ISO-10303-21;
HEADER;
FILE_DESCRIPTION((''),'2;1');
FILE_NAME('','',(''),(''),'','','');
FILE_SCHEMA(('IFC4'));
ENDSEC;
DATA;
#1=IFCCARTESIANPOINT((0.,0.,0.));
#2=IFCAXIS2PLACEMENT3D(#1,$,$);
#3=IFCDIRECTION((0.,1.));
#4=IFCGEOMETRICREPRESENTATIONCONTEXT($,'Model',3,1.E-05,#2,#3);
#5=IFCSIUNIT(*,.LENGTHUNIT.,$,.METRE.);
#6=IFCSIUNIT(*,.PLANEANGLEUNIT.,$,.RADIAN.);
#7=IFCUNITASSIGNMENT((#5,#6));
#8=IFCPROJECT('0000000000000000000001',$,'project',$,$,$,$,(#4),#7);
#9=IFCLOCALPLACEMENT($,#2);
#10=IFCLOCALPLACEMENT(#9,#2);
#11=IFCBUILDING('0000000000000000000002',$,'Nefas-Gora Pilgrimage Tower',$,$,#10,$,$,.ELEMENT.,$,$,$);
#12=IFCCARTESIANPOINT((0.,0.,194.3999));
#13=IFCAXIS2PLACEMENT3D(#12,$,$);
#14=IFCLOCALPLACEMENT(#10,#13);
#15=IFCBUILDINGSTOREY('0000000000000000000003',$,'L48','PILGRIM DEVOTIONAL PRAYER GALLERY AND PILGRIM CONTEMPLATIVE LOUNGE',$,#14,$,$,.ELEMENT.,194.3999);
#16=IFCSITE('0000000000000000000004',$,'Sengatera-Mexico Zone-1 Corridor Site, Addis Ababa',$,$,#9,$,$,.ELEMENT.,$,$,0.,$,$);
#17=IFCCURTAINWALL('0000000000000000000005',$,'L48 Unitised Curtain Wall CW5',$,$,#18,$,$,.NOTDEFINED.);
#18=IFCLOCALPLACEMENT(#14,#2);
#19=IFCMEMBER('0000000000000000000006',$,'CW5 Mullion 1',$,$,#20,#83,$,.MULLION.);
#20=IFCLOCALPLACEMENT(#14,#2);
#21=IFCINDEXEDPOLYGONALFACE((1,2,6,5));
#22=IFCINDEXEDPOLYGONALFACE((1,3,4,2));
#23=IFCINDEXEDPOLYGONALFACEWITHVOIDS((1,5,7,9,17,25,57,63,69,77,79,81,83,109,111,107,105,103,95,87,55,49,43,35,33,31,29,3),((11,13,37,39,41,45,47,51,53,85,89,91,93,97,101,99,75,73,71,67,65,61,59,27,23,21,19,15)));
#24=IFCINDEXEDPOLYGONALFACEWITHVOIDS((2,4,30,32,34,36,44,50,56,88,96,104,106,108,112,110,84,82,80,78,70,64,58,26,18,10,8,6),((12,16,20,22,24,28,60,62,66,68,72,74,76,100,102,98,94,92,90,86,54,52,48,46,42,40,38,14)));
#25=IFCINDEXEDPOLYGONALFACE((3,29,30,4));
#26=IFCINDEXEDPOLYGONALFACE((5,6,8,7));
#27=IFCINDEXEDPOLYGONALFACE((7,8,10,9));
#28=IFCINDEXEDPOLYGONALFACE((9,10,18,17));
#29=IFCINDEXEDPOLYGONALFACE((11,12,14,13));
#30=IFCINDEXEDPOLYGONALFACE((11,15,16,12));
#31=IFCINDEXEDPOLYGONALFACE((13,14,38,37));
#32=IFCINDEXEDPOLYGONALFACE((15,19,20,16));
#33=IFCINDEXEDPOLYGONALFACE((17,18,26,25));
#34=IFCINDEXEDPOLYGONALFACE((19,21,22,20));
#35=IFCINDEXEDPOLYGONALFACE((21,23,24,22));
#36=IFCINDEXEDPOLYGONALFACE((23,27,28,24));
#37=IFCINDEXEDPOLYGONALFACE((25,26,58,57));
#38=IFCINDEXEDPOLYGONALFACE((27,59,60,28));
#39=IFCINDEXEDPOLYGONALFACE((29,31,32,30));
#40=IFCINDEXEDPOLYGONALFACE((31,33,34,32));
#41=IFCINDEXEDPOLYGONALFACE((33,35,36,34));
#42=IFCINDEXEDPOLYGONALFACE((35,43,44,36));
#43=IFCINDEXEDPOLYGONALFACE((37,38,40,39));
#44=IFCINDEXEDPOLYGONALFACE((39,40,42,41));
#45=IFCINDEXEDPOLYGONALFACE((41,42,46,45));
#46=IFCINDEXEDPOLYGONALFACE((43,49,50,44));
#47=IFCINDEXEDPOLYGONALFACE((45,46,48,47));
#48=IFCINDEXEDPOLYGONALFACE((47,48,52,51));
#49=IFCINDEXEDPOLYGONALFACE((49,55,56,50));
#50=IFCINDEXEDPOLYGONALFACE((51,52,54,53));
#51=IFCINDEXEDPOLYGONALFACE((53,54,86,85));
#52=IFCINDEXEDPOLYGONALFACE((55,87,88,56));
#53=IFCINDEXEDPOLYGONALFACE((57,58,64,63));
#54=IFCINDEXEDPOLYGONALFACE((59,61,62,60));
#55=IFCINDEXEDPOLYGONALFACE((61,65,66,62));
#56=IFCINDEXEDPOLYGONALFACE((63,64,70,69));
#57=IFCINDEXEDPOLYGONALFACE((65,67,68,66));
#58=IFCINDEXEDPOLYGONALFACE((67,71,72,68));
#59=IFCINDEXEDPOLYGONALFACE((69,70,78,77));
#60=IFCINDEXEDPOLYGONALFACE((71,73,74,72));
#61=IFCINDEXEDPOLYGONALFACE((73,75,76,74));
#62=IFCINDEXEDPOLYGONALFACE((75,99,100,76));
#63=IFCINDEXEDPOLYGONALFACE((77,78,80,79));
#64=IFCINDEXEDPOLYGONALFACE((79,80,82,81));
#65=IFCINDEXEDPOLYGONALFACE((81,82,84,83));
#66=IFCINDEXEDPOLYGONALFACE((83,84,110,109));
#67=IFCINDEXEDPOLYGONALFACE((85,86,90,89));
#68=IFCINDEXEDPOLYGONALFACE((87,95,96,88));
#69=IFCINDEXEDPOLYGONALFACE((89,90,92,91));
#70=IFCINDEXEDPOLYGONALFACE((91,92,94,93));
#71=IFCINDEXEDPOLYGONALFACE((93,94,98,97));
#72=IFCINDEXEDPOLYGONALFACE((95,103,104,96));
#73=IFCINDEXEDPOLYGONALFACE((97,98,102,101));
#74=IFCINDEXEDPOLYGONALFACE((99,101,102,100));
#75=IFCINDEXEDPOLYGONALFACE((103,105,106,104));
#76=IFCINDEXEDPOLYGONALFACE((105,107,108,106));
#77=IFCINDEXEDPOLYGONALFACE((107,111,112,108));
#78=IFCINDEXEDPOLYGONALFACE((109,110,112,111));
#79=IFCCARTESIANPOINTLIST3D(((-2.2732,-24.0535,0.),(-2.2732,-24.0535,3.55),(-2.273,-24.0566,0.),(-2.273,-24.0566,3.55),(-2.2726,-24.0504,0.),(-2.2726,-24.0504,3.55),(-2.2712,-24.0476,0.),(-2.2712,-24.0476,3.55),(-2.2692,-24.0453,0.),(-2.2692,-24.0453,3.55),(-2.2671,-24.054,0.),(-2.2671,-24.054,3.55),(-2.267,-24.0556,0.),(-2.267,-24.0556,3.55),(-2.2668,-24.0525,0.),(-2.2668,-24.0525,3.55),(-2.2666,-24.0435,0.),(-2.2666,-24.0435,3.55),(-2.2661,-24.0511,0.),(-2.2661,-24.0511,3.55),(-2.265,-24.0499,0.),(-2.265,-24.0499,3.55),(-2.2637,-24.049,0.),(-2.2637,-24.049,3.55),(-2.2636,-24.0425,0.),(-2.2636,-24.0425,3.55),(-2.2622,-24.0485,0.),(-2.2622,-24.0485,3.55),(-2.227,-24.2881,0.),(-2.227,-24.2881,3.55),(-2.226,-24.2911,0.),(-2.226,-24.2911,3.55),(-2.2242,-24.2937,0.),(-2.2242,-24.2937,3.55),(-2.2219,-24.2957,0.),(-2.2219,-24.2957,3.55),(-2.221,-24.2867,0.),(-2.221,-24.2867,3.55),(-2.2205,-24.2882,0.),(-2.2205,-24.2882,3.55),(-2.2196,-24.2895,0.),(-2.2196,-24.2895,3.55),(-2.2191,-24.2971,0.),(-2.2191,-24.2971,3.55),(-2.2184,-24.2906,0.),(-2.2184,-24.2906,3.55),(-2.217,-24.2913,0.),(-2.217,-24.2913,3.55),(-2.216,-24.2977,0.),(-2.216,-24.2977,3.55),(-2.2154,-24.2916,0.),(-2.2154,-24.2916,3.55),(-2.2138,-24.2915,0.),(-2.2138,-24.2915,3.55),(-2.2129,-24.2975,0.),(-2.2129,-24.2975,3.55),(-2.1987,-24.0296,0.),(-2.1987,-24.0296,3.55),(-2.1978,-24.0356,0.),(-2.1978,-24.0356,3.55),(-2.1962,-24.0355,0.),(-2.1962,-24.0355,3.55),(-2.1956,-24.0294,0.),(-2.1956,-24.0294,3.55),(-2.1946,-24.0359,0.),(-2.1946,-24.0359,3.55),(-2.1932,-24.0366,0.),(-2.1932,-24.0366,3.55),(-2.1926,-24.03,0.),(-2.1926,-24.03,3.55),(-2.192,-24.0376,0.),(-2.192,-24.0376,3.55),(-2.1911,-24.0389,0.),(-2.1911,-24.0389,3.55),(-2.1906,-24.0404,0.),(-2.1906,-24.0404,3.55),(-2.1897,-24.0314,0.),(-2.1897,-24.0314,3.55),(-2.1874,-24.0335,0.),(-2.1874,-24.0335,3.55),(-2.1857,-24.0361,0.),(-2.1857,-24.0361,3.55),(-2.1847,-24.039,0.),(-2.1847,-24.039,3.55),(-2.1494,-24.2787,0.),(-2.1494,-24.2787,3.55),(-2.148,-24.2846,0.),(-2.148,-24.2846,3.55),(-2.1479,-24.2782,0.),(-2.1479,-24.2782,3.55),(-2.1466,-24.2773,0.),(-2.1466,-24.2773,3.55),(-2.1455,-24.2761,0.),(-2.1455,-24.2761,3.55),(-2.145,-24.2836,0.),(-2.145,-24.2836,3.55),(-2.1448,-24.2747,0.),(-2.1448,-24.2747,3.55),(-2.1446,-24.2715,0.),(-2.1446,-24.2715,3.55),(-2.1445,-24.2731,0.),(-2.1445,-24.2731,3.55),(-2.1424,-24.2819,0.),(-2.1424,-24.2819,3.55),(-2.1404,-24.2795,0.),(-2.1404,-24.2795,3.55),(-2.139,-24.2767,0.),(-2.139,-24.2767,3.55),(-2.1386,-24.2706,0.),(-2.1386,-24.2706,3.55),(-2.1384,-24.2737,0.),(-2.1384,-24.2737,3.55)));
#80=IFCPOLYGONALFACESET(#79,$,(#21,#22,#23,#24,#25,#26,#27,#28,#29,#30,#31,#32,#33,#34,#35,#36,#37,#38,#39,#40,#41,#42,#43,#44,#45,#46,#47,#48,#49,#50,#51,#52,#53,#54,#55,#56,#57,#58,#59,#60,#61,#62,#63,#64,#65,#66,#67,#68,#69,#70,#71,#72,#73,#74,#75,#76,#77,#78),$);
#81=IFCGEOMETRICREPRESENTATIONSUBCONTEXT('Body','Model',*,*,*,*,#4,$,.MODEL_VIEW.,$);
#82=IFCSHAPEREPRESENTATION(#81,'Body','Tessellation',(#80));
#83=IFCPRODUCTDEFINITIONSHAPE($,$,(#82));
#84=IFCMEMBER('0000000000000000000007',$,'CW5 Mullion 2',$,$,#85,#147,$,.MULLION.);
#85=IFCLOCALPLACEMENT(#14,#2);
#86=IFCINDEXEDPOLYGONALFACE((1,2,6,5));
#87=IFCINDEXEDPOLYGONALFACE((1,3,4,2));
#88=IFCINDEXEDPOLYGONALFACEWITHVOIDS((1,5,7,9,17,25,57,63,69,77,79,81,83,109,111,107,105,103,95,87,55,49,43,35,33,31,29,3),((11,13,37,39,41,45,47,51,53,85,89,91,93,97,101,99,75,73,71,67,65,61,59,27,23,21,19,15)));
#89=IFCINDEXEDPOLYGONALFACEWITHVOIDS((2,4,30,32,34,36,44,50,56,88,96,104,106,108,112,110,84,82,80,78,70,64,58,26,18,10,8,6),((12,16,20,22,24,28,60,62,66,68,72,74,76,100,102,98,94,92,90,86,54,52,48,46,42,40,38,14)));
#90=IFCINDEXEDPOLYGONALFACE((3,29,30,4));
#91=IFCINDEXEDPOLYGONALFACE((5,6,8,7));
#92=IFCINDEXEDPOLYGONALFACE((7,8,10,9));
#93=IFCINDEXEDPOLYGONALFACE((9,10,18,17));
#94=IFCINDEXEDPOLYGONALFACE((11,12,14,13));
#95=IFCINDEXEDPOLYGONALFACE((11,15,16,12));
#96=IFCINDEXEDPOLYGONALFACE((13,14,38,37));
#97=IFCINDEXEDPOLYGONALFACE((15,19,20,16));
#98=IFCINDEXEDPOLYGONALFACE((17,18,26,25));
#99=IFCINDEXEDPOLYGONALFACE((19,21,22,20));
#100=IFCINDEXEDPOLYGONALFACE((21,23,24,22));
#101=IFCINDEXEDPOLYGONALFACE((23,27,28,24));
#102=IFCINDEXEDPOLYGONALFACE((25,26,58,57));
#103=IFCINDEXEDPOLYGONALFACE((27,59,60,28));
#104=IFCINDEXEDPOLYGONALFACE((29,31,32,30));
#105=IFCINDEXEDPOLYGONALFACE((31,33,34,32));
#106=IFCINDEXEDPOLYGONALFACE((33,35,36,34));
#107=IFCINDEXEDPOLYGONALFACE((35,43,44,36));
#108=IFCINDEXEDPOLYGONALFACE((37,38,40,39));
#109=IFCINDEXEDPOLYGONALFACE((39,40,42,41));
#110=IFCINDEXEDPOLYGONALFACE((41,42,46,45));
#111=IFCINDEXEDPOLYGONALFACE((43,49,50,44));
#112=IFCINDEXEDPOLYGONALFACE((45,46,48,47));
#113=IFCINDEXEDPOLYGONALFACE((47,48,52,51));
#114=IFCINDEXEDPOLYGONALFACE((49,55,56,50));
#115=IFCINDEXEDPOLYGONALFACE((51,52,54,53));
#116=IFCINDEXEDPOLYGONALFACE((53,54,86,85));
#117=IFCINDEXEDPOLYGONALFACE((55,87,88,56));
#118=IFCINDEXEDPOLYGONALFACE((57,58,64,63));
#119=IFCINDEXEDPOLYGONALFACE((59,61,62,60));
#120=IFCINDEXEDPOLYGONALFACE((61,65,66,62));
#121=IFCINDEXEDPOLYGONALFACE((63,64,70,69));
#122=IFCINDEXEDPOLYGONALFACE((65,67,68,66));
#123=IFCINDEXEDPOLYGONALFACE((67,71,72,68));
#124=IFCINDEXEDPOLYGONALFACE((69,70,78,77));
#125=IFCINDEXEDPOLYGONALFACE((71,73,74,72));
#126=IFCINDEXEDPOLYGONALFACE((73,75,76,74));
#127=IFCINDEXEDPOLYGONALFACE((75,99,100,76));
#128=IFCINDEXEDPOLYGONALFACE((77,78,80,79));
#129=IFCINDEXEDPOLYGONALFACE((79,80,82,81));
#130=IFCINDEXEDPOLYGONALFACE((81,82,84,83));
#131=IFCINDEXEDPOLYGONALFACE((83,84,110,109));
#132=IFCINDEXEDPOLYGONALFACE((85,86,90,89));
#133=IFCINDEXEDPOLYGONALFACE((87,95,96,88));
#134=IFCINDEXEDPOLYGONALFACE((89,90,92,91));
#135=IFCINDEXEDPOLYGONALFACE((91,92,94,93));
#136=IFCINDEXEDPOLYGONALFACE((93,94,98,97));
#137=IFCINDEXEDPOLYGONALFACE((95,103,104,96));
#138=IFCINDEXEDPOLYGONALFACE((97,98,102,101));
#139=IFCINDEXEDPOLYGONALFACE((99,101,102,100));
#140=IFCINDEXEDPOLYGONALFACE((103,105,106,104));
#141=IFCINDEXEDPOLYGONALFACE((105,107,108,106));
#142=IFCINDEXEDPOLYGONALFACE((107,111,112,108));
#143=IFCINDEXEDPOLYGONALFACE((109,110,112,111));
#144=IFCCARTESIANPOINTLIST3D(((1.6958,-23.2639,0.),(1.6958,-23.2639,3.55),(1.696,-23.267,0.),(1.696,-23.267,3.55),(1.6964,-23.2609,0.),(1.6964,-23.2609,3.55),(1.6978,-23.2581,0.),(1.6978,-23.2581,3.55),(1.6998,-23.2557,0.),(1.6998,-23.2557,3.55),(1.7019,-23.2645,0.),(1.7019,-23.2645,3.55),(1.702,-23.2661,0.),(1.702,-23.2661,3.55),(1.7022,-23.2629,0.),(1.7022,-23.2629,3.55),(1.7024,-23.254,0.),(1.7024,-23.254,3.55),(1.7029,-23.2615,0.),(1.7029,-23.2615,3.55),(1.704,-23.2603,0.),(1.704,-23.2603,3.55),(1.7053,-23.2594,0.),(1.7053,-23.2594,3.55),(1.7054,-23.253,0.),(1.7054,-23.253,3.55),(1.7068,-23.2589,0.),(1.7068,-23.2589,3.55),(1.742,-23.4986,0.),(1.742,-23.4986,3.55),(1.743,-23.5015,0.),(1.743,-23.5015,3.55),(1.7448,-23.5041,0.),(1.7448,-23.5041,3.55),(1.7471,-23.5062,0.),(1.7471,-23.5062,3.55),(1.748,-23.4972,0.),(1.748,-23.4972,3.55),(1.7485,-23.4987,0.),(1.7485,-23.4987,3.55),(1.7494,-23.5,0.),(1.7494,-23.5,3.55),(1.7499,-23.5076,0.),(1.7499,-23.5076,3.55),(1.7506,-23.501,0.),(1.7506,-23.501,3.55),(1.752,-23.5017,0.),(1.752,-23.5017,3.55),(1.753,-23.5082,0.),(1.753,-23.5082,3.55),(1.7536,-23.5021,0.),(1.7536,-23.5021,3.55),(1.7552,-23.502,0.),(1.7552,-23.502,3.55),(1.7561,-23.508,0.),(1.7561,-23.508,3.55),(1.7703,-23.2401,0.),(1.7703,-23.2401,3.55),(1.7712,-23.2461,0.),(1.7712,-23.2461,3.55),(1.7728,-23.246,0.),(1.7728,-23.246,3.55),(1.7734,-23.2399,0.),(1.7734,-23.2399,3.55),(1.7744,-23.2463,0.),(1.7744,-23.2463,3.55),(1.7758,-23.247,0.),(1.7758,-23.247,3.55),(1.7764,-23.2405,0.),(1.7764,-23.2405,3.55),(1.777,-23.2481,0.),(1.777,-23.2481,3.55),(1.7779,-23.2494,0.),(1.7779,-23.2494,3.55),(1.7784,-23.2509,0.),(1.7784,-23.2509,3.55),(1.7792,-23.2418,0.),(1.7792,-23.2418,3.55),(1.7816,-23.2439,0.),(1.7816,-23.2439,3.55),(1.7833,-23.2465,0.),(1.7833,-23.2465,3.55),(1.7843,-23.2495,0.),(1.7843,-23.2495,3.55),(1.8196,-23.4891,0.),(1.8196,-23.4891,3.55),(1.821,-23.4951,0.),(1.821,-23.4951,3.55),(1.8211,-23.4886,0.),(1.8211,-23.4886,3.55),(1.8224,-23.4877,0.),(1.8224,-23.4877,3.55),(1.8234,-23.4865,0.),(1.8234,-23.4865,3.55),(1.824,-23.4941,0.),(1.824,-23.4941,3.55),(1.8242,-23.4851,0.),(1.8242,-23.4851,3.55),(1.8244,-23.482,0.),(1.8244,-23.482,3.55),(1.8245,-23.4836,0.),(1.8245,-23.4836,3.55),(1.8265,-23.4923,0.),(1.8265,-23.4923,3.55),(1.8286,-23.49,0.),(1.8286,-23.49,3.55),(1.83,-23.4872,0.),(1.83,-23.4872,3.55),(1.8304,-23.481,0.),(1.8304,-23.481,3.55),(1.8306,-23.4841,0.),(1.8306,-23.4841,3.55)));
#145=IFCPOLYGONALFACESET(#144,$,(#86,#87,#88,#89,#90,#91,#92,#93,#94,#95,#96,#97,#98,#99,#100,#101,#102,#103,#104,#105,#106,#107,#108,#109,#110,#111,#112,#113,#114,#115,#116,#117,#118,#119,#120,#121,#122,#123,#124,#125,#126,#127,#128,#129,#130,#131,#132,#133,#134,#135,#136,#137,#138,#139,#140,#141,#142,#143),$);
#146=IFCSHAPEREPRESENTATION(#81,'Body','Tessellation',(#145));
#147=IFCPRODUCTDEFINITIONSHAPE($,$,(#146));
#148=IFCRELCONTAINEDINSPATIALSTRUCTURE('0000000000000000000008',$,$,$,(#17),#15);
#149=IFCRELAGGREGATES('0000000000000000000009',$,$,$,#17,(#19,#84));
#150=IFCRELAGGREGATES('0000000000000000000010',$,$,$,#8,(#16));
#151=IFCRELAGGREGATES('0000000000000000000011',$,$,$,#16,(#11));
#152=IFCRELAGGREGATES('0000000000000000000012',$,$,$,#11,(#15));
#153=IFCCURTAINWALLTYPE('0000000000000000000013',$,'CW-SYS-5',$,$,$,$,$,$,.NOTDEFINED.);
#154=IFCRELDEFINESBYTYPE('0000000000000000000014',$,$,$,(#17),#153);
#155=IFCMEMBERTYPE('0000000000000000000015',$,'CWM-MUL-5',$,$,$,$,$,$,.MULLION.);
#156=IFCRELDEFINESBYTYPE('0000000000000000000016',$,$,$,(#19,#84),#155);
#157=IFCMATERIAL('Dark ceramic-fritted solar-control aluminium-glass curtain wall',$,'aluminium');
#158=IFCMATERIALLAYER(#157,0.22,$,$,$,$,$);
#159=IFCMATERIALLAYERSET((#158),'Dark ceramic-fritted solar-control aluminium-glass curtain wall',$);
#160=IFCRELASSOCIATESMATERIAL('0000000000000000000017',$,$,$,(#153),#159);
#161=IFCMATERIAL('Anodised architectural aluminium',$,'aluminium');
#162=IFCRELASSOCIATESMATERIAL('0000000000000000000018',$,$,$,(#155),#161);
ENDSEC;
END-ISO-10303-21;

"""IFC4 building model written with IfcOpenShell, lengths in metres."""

from ifc_helpers import new_model, si_unit, direction, frame, origin, origin_2d, place, context, subcontext, project, spatial, hollow_rectangle, extrude, source, transform, mapped, material, layer, layer_set, material_profile, profile_set, type_object, element, aggregate, save


model = new_model("IFC4")

# Units and contexts
model_context = context("Model", 3, precision=1e-05, world=origin(), true_north=direction((0.0, 1.0)))
body_context = subcontext(model_context, "Body", "Model", "MODEL_VIEW")
ifc_project = project(units=[si_unit("LENGTHUNIT", "METRE"), si_unit("PLANEANGLEUNIT", "RADIAN")], contexts=[model_context])

# Site, building, storey
site_placement = place(None, origin())
site = spatial("IfcSite", under=ifc_project, at=site_placement, Name="Sengatera-Mexico Zone-1 Corridor Site, Addis Ababa", CompositionType="ELEMENT", RefElevation=0.0)
building_placement = place(site_placement, origin())
building = spatial("IfcBuilding", under=site, at=building_placement, Name="Nefas-Gora Pilgrimage Tower", CompositionType="ELEMENT")
storey_placement = place(building_placement, frame((0.0, 0.0, 194.3999)))
storey = spatial("IfcBuildingStorey", under=building, at=storey_placement, Name="L48", Description="PILGRIM DEVOTIONAL PRAYER GALLERY AND PILGRIM CONTEMPLATIVE LOUNGE", CompositionType="ELEMENT", Elevation=194.3999)

# Curtain wall, members
ifc_material_1 = material(Name="Dark ceramic-fritted solar-control aluminium-glass curtain wall", Category="aluminium")
ifc_layer_1 = layer(ifc_material_1, 0.22)
ifc_layer_set_1 = layer_set([ifc_layer_1], Name="Dark ceramic-fritted solar-control aluminium-glass curtain wall")
curtain_wall_type = type_object("IfcCurtainWallType", Name="CW-SYS-5", PredefinedType="NOTDEFINED", material=ifc_layer_set_1)
ifc_material_2 = material(Name="Anodised architectural aluminium", Category="aluminium")
ifc_material_profile_1 = material_profile(ifc_material_2, hollow_rectangle(XDim=0.0901, YDim=0.26, WallThickness=0.0061, InnerFilletRadius=0.0061, OuterFilletRadius=0.012, at=origin_2d()), Name="ALU MULLION 90x260")
ifc_profile_set_1 = profile_set([ifc_material_profile_1], Name="Anodised architectural aluminium")
member_type_1 = type_object("IfcMemberType", Name="CWM-MUL-5", PredefinedType="MULLION", material=ifc_profile_set_1)
shared_shape_1 = source(origin(), body_context, "Body", "SweptSolid", [
    extrude(hollow_rectangle(XDim=0.0901, YDim=0.26, WallThickness=0.0061, InnerFilletRadius=0.0061, OuterFilletRadius=0.012, at=origin_2d()), origin(), (0.0, 0.0, 1.0), 3.55),
])
curtain_wall_1_placement = place(storey_placement, origin())
curtain_wall_1 = element("IfcCurtainWall", 1, at=curtain_wall_1_placement, inside=storey, type_object=curtain_wall_type, Name="L48 Unitised Curtain Wall CW5", PredefinedType="NOTDEFINED")
member_1_placement = place(storey_placement, frame((-2.2058, -24.1636, 0.0), z_axis=(0.0, 0.0, 1.0), x_axis=(0.980783, 0.195102, 0.0)))
member_1 = element("IfcMember", 2, at=member_1_placement, type_object=member_type_1, Name="CW5 Mullion 1", PredefinedType="MULLION", context=body_context, shape_type="MappedRepresentation", body=[
    mapped(shared_shape_1, transform((0.0, 0.0, 0.0), x_axis=(1.0, 0.0, 0.0), y_axis=(0.0, 1.0, 0.0), z_axis=(0.0, 0.0, 1.0), scale=1.0)),
])
member_2_placement = place(storey_placement, frame((1.7632, -23.374, 0.0), z_axis=(0.0, 0.0, 1.0), x_axis=(0.980783, 0.195102, 0.0)))
member_2 = element("IfcMember", 3, at=member_2_placement, type_object=member_type_1, Name="CW5 Mullion 2", PredefinedType="MULLION", context=body_context, shape_type="MappedRepresentation", body=[
    mapped(shared_shape_1, transform((0.0, 0.0, 0.0), x_axis=(1.0, 0.0, 0.0), y_axis=(0.0, 1.0, 0.0), z_axis=(0.0, 0.0, 1.0), scale=1.0)),
])

aggregate(curtain_wall_1, [member_1, member_2])

save(model, "model.ifc")
